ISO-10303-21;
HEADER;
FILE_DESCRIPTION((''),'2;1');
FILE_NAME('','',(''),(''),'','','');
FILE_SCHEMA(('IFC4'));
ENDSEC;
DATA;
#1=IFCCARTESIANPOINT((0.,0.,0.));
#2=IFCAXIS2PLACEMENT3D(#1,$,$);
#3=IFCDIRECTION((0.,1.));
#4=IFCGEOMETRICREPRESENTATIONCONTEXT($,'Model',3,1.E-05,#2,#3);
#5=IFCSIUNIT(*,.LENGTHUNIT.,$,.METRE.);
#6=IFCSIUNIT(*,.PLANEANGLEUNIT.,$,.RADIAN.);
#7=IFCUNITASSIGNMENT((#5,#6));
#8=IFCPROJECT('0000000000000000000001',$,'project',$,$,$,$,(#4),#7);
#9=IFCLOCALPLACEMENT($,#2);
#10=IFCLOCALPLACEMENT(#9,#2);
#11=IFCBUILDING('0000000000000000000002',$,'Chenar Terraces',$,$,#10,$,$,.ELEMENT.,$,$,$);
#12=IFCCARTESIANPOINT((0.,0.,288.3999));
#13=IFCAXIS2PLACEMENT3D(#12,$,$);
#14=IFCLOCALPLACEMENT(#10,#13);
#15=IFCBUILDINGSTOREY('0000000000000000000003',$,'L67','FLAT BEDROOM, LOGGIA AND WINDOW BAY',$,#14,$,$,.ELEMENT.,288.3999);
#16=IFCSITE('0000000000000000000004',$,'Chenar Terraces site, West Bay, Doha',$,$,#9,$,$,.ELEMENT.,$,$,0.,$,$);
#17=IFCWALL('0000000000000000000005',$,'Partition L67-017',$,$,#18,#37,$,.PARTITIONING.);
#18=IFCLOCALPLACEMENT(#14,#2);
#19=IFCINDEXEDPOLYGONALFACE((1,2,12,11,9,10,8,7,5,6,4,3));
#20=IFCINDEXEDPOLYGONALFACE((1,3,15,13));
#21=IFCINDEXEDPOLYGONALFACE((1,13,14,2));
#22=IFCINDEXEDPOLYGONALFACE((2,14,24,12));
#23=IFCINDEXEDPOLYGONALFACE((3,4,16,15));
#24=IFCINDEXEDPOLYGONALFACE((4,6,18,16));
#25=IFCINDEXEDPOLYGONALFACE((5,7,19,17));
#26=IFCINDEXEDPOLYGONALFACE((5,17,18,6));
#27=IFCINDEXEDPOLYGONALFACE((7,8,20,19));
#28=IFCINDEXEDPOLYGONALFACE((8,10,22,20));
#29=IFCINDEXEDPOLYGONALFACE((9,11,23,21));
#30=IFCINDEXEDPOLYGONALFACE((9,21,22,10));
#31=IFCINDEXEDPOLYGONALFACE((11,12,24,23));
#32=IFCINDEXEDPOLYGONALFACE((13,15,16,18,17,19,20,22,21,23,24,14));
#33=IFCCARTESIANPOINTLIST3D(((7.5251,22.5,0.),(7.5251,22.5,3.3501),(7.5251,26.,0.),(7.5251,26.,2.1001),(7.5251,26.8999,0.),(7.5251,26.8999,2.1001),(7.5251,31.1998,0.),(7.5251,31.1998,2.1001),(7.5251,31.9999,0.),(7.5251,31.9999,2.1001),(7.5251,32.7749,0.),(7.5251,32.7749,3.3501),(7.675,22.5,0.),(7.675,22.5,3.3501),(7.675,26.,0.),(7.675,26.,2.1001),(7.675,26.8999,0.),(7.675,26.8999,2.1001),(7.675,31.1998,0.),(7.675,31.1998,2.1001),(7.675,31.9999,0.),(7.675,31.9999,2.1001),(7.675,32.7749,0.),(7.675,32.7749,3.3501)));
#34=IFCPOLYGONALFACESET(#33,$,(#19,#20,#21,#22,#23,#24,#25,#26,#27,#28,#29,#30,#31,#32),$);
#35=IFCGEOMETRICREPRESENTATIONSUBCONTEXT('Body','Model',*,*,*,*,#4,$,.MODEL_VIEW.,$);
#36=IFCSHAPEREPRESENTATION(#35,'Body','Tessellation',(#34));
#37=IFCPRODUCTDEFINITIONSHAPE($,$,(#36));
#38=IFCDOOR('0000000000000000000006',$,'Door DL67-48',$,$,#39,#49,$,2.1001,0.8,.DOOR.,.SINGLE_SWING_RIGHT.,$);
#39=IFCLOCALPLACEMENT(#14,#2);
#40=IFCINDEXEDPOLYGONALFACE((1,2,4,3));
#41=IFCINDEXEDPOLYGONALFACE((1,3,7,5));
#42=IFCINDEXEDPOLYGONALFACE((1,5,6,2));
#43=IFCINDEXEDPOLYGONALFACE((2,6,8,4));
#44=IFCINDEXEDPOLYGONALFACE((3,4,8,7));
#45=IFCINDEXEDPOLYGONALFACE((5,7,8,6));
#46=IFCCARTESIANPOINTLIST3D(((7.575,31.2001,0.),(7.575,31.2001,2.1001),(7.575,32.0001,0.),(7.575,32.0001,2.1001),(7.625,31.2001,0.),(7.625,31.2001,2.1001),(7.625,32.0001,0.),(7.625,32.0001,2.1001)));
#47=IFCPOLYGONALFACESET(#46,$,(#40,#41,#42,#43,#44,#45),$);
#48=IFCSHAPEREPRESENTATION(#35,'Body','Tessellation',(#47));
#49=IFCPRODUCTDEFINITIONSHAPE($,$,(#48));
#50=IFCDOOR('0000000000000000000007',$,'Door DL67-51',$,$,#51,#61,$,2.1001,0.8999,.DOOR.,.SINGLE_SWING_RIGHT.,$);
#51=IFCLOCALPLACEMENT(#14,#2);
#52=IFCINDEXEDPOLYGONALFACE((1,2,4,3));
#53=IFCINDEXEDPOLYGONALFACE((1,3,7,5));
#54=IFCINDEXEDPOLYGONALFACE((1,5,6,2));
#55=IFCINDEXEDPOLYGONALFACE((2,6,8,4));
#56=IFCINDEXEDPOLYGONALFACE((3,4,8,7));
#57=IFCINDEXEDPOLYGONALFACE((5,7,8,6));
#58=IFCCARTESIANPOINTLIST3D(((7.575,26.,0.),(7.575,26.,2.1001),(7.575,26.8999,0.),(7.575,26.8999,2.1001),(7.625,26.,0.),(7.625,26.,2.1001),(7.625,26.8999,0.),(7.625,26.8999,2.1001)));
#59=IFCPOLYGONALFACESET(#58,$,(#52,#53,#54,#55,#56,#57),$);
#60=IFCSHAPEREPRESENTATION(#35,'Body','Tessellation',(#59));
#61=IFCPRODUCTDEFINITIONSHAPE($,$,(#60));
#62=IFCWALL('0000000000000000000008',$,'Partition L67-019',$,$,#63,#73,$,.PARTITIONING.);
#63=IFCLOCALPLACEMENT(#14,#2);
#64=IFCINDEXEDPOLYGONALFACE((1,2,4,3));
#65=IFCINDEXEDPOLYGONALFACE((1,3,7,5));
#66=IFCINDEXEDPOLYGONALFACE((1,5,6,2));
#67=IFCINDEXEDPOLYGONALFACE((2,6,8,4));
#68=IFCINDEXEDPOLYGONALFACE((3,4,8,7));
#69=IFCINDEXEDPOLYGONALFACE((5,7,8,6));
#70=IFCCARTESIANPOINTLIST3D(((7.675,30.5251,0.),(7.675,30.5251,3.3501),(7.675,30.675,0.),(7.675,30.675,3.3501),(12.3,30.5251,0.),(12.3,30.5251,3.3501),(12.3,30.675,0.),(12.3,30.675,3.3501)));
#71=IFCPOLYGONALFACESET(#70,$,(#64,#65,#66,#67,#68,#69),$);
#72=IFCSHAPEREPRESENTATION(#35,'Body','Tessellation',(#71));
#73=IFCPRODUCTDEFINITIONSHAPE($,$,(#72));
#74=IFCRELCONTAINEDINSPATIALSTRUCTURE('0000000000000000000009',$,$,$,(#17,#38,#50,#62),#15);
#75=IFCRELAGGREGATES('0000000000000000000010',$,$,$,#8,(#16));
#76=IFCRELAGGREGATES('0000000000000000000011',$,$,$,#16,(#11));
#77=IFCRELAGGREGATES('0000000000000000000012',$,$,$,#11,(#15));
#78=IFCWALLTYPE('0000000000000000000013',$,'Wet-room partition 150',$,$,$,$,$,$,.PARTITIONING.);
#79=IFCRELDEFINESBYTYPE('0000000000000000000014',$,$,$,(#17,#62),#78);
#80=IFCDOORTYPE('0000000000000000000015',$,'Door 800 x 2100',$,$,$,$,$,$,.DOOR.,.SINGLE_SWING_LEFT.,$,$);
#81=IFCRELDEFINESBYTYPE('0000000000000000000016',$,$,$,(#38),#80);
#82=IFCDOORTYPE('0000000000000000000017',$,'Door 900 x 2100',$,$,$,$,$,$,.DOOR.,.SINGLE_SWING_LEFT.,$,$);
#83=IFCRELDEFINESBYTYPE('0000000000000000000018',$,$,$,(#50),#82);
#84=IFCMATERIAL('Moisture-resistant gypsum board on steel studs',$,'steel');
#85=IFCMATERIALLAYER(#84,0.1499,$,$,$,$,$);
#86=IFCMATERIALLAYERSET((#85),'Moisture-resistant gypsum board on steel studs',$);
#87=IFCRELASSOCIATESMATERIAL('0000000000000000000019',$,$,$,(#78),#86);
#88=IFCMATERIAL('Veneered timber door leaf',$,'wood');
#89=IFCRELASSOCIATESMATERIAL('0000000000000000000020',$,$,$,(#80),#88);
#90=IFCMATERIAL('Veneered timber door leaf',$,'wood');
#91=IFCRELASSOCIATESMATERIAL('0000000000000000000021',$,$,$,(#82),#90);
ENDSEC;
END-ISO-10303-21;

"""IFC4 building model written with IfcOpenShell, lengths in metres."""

from ifc_helpers import new_model, si_unit, direction, frame, frame_2d, origin, place, context, subcontext, project, spatial, rectangle, extrude, material, layer, layer_set, type_object, element, fill, save


model = new_model("IFC4")

# Units and contexts
model_context = context("Model", 3, precision=1e-05, world=origin(), true_north=direction((0.0, 1.0)))
body_context = subcontext(model_context, "Body", "Model", "MODEL_VIEW")
ifc_project = project(units=[si_unit("LENGTHUNIT", "METRE"), si_unit("PLANEANGLEUNIT", "RADIAN")], contexts=[model_context])

# Site, building, storey
site_placement = place(None, origin())
site = spatial("IfcSite", under=ifc_project, at=site_placement, Name="Chenar Terraces site, West Bay, Doha", CompositionType="ELEMENT", RefElevation=0.0)
building_placement = place(site_placement, origin())
building = spatial("IfcBuilding", under=site, at=building_placement, Name="Chenar Terraces", CompositionType="ELEMENT")
storey_placement = place(building_placement, frame((0.0, 0.0, 288.3999)))
storey = spatial("IfcBuildingStorey", under=building, at=storey_placement, Name="L67", Description="FLAT BEDROOM, LOGGIA AND WINDOW BAY", CompositionType="ELEMENT", Elevation=288.3999)

# Wall, openings, doors
ifc_material_1 = material(Name="Moisture-resistant gypsum board on steel studs", Category="steel")
ifc_layer_1 = layer(ifc_material_1, 0.1499)
ifc_layer_set_1 = layer_set([ifc_layer_1], Name="Moisture-resistant gypsum board on steel studs")
wall_type_1 = type_object("IfcWallType", Name="Wet-room partition 150", PredefinedType="PARTITIONING", material=ifc_layer_set_1)
wall_1_placement = place(storey_placement, frame((7.6001, 22.5, 0.0), z_axis=(0.0, 0.0, 1.0), x_axis=(0.0, 1.0, 0.0)))
wall_1 = element("IfcWall", 1, at=wall_1_placement, inside=storey, type_object=wall_type_1, Name="Partition L67-017", PredefinedType="PARTITIONING", context=body_context, shape_type="SweptSolid", body=[
    extrude(rectangle(XDim=10.2749, YDim=0.1499, at=frame_2d((5.1375, 0.0))), origin(), (0.0, 0.0, 1.0), 3.3501),
])
opening_1_placement = place(wall_1_placement, frame((8.7, 0.0, 0.0)))
opening_1 = element("IfcOpeningElement", 2, at=opening_1_placement, cuts=wall_1, PredefinedType="OPENING", context=body_context, shape_type="SweptSolid", body=[
    extrude(rectangle(XDim=0.8, YDim=2.1001, at=frame_2d((0.3999, 1.05))), frame((0.0, 0.085, 0.0), z_axis=(0.0, -1.0, 0.0), x_axis=(1.0, 0.0, 0.0)), (0.0, 0.0, 1.0), 0.1699),
])
opening_2_placement = place(wall_1_placement, frame((3.5, 0.0, 0.0)))
opening_2 = element("IfcOpeningElement", 3, at=opening_2_placement, cuts=wall_1, PredefinedType="OPENING", context=body_context, shape_type="SweptSolid", body=[
    extrude(rectangle(XDim=0.8999, YDim=2.1001, at=frame_2d((0.45, 1.05))), frame((0.0, 0.085, 0.0), z_axis=(0.0, -1.0, 0.0), x_axis=(1.0, 0.0, 0.0)), (0.0, 0.0, 1.0), 0.1699),
])
ifc_material_2 = material(Name="Veneered timber door leaf", Category="wood")
door_type_1 = type_object("IfcDoorType", Name="Door 800 x 2100", OperationType="SINGLE_SWING_LEFT", PredefinedType="DOOR", material=ifc_material_2)
door_1_placement = place(opening_1_placement, frame((0.8, 0.0, 0.0), z_axis=(0.0, 0.0, 1.0), x_axis=(-1.0, 0.0, 0.0)))
door_1 = element("IfcDoor", 4, at=door_1_placement, inside=storey, type_object=door_type_1, Name="Door DL67-48", OperationType="SINGLE_SWING_RIGHT", OverallHeight=2.1001, OverallWidth=0.8, PredefinedType="DOOR", context=body_context, shape_type="SweptSolid", body=[
    extrude(rectangle(XDim=0.8, YDim=2.1001, at=frame_2d((0.3999, 1.05))), frame((0.0, 0.0249, 0.0), z_axis=(0.0, -1.0, 0.0), x_axis=(1.0, 0.0, 0.0)), (0.0, 0.0, 1.0), 0.05),
])
fill(opening_1, door_1)
ifc_material_3 = material(Name="Veneered timber door leaf", Category="wood")
door_type_2 = type_object("IfcDoorType", Name="Door 900 x 2100", OperationType="SINGLE_SWING_LEFT", PredefinedType="DOOR", material=ifc_material_3)
door_2_placement = place(opening_2_placement, frame((0.8999, 0.0, 0.0), z_axis=(0.0, 0.0, 1.0), x_axis=(-1.0, 0.0, 0.0)))
door_2 = element("IfcDoor", 5, at=door_2_placement, inside=storey, type_object=door_type_2, Name="Door DL67-51", OperationType="SINGLE_SWING_RIGHT", OverallHeight=2.1001, OverallWidth=0.8999, PredefinedType="DOOR", context=body_context, shape_type="SweptSolid", body=[
    extrude(rectangle(XDim=0.8999, YDim=2.1001, at=frame_2d((0.45, 1.05))), frame((0.0, 0.0249, 0.0), z_axis=(0.0, -1.0, 0.0), x_axis=(1.0, 0.0, 0.0)), (0.0, 0.0, 1.0), 0.05),
])
fill(opening_2, door_2)

# Wall
wall_2_placement = place(storey_placement, frame((7.675, 30.6001, 0.0), z_axis=(0.0, 0.0, 1.0), x_axis=(1.0, 0.0, 0.0)))
element("IfcWall", 6, at=wall_2_placement, inside=storey, type_object=wall_type_1, Name="Partition L67-019", PredefinedType="PARTITIONING", context=body_context, shape_type="SweptSolid", body=[
    extrude(rectangle(XDim=4.625, YDim=0.1499, at=frame_2d((2.3125, 0.0))), origin(), (0.0, 0.0, 1.0), 3.3501),
])

save(model, "model.ifc")
